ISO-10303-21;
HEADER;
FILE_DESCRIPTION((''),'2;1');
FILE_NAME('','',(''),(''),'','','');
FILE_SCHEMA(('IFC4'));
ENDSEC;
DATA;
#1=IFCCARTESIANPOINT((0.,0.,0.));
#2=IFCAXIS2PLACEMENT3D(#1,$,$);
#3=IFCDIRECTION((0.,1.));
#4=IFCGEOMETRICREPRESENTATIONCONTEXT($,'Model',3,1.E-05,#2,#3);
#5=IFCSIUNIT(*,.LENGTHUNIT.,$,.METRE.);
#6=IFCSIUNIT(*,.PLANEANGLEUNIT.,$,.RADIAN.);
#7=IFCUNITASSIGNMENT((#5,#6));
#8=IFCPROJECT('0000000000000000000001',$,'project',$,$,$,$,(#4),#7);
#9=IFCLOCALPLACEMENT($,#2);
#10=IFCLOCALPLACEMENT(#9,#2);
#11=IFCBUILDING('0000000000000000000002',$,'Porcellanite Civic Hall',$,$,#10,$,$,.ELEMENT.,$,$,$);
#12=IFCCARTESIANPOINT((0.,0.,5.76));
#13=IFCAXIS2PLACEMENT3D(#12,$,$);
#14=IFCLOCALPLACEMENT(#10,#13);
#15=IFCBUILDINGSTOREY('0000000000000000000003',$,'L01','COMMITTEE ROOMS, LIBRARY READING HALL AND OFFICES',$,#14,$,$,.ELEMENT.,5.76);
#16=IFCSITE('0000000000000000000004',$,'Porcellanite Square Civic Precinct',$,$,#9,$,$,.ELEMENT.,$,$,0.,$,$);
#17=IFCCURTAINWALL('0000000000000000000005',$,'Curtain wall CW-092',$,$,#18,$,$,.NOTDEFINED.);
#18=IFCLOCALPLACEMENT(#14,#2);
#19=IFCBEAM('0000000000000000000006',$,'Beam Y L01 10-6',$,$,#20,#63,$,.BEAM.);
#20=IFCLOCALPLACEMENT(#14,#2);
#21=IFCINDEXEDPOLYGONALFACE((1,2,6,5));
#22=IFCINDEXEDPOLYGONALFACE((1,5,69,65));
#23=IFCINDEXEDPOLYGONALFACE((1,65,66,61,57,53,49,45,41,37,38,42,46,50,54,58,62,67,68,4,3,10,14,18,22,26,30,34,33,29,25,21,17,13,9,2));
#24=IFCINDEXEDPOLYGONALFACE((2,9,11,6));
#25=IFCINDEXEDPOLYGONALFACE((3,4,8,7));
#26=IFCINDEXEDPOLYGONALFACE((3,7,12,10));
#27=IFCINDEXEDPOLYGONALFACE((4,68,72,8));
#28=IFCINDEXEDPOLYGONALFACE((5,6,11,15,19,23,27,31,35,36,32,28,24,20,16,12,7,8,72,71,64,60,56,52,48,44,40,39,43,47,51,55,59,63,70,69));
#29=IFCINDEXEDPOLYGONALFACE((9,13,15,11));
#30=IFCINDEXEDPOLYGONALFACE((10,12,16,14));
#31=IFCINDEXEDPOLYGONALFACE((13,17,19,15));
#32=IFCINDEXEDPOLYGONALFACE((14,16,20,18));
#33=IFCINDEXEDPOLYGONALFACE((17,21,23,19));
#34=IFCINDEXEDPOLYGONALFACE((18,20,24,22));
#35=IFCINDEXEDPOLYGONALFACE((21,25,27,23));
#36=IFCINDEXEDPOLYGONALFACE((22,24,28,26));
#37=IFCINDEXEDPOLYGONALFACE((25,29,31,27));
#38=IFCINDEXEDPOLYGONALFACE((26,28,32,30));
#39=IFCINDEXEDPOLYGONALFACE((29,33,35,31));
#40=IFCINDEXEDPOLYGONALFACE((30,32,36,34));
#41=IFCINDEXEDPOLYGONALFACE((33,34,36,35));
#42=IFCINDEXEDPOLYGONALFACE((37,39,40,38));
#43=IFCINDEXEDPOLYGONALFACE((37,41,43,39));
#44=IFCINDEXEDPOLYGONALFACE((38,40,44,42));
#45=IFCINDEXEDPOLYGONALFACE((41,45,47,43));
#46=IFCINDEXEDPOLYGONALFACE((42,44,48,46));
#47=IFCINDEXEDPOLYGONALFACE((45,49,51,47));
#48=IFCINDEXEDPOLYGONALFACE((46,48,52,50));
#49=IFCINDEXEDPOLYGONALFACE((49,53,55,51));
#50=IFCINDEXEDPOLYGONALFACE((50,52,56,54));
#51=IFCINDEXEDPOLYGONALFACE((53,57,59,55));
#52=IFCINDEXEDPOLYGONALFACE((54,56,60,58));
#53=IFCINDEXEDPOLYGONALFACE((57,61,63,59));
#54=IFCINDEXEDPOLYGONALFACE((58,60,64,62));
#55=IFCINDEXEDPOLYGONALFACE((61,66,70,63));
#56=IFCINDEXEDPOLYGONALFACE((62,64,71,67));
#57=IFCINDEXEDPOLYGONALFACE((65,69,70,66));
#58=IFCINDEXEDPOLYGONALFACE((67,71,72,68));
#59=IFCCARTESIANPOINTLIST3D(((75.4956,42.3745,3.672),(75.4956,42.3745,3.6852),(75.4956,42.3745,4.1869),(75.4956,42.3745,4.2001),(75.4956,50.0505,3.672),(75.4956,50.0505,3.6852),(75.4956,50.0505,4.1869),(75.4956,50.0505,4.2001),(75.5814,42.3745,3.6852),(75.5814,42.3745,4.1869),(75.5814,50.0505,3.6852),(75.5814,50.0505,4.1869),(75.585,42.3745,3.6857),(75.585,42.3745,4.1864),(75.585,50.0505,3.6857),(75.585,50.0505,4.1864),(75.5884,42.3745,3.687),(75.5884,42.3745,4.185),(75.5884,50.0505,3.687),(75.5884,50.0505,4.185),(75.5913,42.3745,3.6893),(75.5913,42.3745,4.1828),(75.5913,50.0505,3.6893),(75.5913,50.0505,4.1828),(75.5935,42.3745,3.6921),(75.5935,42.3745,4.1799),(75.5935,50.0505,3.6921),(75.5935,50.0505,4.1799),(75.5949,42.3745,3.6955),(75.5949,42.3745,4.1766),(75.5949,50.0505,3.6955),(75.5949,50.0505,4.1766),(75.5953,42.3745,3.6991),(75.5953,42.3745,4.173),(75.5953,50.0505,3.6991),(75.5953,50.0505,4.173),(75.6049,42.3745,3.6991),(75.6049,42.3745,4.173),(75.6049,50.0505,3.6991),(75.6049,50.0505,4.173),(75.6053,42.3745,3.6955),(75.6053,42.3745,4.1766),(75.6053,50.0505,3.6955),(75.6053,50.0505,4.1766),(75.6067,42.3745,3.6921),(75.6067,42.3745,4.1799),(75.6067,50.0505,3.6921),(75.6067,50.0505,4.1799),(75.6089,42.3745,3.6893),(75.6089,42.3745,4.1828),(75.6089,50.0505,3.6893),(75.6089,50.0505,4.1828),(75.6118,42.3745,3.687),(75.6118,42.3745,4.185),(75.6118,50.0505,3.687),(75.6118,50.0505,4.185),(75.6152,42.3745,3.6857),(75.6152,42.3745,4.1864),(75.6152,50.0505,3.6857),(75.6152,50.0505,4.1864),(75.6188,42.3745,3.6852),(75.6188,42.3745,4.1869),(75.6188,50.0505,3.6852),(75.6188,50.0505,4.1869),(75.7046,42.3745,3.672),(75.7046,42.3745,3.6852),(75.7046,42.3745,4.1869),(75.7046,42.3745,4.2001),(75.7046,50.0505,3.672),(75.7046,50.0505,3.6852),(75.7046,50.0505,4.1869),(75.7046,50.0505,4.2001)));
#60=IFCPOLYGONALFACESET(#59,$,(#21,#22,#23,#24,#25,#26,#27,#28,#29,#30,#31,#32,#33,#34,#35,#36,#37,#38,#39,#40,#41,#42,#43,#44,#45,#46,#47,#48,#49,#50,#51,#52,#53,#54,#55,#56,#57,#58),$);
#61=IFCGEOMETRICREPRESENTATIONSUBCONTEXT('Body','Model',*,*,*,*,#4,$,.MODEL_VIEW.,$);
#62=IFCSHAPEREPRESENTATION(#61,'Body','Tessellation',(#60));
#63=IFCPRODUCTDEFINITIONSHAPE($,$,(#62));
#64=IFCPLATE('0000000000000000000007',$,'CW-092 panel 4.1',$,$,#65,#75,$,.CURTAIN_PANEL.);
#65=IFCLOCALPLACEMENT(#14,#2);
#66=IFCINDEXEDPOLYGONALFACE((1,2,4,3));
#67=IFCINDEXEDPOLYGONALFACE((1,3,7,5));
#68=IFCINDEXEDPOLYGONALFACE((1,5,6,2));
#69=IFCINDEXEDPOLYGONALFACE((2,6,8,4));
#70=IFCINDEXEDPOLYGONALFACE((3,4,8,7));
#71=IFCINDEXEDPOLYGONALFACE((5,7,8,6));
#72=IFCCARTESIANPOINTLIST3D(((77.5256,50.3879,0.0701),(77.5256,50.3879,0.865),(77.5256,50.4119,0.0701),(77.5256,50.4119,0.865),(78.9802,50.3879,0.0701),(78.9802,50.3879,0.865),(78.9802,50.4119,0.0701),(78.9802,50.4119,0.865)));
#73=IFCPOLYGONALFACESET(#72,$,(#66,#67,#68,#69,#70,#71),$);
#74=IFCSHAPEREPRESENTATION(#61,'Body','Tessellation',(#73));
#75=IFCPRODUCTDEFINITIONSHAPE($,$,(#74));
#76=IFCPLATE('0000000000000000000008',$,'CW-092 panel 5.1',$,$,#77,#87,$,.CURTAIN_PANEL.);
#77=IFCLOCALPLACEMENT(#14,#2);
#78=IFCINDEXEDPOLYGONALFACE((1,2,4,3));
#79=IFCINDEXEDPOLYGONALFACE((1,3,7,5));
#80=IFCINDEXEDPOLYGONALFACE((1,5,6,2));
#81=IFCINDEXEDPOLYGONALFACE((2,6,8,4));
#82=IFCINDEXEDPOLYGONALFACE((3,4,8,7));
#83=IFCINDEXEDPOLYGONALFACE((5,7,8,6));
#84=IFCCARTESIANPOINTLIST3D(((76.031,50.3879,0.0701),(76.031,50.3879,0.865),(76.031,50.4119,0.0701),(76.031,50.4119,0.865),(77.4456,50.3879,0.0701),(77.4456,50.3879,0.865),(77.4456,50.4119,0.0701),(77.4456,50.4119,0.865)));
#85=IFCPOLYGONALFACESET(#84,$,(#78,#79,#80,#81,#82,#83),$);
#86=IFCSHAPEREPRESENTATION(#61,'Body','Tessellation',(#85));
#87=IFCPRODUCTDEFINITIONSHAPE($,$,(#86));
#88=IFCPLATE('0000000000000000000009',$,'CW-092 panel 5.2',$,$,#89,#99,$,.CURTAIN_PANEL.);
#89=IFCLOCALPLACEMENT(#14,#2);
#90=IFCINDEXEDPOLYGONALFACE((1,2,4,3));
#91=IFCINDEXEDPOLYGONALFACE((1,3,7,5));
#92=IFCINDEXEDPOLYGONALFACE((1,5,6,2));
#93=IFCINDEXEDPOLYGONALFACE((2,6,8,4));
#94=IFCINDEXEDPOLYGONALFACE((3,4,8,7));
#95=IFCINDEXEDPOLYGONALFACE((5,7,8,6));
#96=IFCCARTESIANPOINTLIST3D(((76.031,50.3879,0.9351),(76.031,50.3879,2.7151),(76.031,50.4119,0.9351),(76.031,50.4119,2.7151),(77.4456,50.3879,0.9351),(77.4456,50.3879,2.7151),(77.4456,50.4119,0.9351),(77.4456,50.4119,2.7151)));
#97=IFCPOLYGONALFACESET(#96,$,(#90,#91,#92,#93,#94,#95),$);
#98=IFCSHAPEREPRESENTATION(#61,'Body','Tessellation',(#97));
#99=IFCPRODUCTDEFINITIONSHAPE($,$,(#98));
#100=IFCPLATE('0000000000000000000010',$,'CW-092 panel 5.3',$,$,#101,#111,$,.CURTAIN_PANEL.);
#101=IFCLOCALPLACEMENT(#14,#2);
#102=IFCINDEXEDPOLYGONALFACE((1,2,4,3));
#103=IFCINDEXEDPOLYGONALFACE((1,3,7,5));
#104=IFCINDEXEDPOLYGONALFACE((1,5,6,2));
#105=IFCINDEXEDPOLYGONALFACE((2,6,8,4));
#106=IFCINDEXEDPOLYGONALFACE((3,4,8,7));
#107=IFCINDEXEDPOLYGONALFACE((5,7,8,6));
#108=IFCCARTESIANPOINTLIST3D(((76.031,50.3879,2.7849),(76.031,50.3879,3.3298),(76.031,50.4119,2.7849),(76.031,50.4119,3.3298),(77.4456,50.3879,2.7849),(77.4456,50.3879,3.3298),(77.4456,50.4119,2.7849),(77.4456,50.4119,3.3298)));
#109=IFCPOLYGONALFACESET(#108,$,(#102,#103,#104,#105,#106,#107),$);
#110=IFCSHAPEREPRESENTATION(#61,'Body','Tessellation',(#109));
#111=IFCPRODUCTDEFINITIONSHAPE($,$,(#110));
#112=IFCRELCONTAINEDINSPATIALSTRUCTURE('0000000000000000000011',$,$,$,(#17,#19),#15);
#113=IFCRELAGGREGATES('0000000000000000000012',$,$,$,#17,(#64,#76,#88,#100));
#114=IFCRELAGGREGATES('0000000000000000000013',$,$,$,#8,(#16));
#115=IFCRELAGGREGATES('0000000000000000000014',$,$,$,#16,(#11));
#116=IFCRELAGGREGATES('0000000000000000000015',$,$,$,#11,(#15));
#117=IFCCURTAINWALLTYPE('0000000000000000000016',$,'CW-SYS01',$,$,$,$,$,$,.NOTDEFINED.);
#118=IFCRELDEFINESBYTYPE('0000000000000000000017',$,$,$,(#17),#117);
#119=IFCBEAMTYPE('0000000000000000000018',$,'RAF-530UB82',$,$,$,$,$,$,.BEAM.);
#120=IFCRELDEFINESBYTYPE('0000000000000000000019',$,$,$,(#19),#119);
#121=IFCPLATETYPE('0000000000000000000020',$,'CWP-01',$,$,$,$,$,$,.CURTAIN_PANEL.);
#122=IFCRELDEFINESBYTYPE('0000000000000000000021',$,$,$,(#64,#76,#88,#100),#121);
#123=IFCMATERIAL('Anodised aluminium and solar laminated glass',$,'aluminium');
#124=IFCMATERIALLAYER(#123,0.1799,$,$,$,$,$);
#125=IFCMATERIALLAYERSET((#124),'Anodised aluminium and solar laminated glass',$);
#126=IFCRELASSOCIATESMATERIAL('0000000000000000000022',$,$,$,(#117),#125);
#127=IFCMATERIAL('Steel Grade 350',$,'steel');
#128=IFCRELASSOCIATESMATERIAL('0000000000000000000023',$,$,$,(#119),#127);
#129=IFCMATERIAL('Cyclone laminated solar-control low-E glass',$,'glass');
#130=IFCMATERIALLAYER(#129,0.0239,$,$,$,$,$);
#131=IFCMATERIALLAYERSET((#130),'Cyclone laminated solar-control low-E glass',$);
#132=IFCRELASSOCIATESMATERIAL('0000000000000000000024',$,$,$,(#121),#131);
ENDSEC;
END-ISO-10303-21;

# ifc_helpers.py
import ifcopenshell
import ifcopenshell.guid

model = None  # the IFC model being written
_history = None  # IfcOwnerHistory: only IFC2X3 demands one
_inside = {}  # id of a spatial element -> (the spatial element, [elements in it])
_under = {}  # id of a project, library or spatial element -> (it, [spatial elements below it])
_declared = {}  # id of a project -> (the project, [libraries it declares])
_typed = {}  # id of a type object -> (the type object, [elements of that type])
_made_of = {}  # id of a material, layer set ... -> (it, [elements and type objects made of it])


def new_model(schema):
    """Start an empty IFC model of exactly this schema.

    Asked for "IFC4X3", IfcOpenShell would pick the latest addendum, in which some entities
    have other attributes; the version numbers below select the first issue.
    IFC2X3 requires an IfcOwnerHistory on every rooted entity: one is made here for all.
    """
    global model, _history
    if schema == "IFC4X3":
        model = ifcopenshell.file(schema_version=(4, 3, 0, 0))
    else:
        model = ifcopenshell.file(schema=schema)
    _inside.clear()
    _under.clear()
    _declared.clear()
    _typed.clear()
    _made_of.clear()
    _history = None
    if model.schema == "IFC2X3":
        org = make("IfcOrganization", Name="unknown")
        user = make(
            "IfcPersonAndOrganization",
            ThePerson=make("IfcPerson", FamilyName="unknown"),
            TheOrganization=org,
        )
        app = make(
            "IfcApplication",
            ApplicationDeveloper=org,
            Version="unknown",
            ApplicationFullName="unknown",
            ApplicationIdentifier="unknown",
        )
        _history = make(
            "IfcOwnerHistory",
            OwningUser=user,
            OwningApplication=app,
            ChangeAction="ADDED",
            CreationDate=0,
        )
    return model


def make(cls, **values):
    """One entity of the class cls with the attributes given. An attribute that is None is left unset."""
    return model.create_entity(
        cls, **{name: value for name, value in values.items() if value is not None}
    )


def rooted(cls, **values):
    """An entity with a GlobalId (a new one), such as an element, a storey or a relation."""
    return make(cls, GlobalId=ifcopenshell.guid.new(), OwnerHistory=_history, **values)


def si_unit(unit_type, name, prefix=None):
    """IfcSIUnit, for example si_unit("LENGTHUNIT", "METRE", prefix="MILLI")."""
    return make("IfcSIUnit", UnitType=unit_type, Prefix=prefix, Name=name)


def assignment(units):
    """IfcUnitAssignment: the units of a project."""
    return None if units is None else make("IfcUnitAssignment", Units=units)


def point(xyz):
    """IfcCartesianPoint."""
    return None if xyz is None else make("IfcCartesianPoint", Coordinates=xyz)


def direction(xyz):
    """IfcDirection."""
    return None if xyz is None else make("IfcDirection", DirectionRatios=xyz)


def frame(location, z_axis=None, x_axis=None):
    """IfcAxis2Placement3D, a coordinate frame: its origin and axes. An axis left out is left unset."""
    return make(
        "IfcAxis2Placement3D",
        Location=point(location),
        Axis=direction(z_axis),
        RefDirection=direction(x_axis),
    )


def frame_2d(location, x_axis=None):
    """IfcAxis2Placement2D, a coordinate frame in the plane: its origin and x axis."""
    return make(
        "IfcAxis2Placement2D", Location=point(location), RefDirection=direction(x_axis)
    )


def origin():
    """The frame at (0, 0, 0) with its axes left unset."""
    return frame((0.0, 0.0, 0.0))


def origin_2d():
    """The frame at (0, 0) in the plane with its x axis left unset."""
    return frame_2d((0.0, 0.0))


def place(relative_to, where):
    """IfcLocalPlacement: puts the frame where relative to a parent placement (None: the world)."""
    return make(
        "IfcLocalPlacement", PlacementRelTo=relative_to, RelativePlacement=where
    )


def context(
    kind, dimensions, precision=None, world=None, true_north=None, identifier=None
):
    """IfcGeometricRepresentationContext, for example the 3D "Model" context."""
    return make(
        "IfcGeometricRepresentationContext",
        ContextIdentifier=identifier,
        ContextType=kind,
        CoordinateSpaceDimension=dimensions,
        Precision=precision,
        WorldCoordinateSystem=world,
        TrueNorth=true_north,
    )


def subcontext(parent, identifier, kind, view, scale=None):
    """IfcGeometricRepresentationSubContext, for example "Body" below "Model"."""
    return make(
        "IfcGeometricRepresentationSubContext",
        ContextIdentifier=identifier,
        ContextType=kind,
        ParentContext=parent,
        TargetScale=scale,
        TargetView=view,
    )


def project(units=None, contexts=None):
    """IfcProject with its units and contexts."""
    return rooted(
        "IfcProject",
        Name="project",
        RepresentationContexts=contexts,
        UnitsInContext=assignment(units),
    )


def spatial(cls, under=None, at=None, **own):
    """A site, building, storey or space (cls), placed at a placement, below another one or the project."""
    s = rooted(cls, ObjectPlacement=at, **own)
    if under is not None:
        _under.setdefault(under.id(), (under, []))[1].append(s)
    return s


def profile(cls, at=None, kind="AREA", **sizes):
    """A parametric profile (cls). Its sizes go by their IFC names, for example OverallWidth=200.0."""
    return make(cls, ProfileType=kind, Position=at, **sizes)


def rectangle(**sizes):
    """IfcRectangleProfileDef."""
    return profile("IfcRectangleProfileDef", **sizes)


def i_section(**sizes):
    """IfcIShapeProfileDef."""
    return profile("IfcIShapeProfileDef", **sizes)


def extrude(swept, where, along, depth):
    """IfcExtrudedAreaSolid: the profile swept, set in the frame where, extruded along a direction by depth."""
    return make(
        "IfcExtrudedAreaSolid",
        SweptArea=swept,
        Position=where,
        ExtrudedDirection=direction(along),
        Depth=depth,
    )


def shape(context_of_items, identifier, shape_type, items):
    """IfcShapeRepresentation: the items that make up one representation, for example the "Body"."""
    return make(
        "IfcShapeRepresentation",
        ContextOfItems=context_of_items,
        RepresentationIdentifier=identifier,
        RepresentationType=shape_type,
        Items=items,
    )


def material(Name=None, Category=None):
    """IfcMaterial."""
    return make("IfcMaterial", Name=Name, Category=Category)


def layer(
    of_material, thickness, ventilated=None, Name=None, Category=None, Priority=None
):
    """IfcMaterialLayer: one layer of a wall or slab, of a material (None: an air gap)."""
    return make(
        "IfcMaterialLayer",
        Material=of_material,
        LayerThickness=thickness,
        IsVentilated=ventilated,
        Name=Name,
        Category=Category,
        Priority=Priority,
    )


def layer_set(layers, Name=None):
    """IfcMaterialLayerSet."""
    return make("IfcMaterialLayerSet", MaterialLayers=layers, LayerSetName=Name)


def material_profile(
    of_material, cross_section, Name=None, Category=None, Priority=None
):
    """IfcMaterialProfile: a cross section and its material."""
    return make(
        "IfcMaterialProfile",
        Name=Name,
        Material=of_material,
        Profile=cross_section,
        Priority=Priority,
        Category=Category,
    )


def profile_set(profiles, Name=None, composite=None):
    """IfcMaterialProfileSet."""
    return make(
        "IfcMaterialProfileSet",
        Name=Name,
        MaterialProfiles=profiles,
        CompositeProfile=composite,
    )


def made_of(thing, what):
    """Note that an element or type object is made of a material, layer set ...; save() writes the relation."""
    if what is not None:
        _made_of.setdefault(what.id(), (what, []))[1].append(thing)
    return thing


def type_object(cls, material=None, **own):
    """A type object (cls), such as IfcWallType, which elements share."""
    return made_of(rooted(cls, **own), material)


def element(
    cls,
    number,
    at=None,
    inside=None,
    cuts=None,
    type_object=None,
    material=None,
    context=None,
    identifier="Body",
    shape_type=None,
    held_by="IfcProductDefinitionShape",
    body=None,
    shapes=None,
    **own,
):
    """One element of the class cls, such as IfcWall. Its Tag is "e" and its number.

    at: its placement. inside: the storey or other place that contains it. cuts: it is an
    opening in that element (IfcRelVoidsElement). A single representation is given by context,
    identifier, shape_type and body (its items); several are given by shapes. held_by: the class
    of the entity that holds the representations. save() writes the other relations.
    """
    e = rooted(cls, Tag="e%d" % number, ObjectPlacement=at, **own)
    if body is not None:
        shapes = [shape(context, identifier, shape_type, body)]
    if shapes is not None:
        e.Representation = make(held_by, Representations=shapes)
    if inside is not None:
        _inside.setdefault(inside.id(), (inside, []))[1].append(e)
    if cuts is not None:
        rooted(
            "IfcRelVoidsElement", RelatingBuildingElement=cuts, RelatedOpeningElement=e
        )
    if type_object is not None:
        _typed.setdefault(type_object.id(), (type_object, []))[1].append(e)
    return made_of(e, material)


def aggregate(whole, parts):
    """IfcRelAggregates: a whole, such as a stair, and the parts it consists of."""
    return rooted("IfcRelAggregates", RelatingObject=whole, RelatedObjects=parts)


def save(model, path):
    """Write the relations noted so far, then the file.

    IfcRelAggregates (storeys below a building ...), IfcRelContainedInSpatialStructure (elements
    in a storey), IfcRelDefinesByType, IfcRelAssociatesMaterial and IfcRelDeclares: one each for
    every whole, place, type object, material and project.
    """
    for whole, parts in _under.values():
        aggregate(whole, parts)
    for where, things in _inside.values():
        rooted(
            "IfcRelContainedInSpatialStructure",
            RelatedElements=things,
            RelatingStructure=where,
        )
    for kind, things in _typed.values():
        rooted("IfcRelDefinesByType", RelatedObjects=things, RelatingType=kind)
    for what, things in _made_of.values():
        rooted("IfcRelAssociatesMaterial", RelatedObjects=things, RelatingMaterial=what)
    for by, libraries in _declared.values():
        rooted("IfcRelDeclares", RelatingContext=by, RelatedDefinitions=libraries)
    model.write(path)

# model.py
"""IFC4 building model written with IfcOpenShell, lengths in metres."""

from ifc_helpers import new_model, si_unit, direction, frame, origin, origin_2d, place, context, subcontext, project, spatial, rectangle, i_section, extrude, material, layer, layer_set, material_profile, profile_set, type_object, element, aggregate, save


model = new_model("IFC4")

# Units and contexts
model_context = context("Model", 3, precision=1e-05, world=origin(), true_north=direction((0.0, 1.0)))
body_context = subcontext(model_context, "Body", "Model", "MODEL_VIEW")
ifc_project = project(units=[si_unit("LENGTHUNIT", "METRE"), si_unit("PLANEANGLEUNIT", "RADIAN")], contexts=[model_context])

# Site, building, storey
site_placement = place(None, origin())
site = spatial("IfcSite", under=ifc_project, at=site_placement, Name="Porcellanite Square Civic Precinct", CompositionType="ELEMENT", RefElevation=0.0)
building_placement = place(site_placement, origin())
building = spatial("IfcBuilding", under=site, at=building_placement, Name="Porcellanite Civic Hall", CompositionType="ELEMENT")
storey_placement = place(building_placement, frame((0.0, 0.0, 5.76)))
storey = spatial("IfcBuildingStorey", under=building, at=storey_placement, Name="L01", Description="COMMITTEE ROOMS, LIBRARY READING HALL AND OFFICES", CompositionType="ELEMENT", Elevation=5.76)

# Curtain wall
ifc_material_1 = material(Name="Anodised aluminium and solar laminated glass", Category="aluminium")
ifc_layer_1 = layer(ifc_material_1, 0.1799)
ifc_layer_set_1 = layer_set([ifc_layer_1], Name="Anodised aluminium and solar laminated glass")
curtain_wall_type = type_object("IfcCurtainWallType", Name="CW-SYS01", PredefinedType="NOTDEFINED", material=ifc_layer_set_1)
curtain_wall_placement = place(storey_placement, origin())
curtain_wall = element("IfcCurtainWall", 1, at=curtain_wall_placement, inside=storey, type_object=curtain_wall_type, Name="Curtain wall CW-092", PredefinedType="NOTDEFINED")

# Beam
ifc_material_2 = material(Name="Steel Grade 350", Category="steel")
ifc_material_profile_1 = material_profile(ifc_material_2, i_section(OverallWidth=0.209, OverallDepth=0.5281, WebThickness=0.0095, FlangeThickness=0.0132, FilletRadius=0.0139, at=origin_2d()), Name="530UB82.0")
ifc_profile_set_1 = profile_set([ifc_material_profile_1], Name="Steel Grade 350")
beam_type_1 = type_object("IfcBeamType", Name="RAF-530UB82", PredefinedType="BEAM", material=ifc_profile_set_1)
beam_1_placement = place(storey_placement, frame((75.6001, 42.3745, 3.936), z_axis=(0.0, 1.0, 0.0), x_axis=(-1.0, 0.0, 0.0)))
element("IfcBeam", 2, at=beam_1_placement, inside=storey, type_object=beam_type_1, Name="Beam Y L01 10-6", PredefinedType="BEAM", context=body_context, shape_type="SweptSolid", body=[
    extrude(i_section(OverallWidth=0.209, OverallDepth=0.5281, WebThickness=0.0095, FlangeThickness=0.0132, FilletRadius=0.0139, at=origin_2d()), origin(), (0.0, 0.0, 1.0), 7.676),
])

# Plates
ifc_material_3 = material(Name="Cyclone laminated solar-control low-E glass", Category="glass")
ifc_layer_2 = layer(ifc_material_3, 0.0239)
ifc_layer_set_2 = layer_set([ifc_layer_2], Name="Cyclone laminated solar-control low-E glass")
plate_type = type_object("IfcPlateType", Name="CWP-01", PredefinedType="CURTAIN_PANEL", material=ifc_layer_set_2)
plate_1_placement = place(storey_placement, frame((78.2529, 50.3999, 0.0701), z_axis=(0.0, 0.0, 1.0), x_axis=(-1.0, 0.0, 0.0)))
plate_1 = element("IfcPlate", 3, at=plate_1_placement, type_object=plate_type, Name="CW-092 panel 4.1", PredefinedType="CURTAIN_PANEL", context=body_context, shape_type="SweptSolid", body=[
    extrude(rectangle(XDim=1.4546, YDim=0.0239, at=origin_2d()), origin(), (0.0, 0.0, 1.0), 0.7949),
])
plate_2_placement = place(storey_placement, frame((76.7383, 50.3999, 0.0701), z_axis=(0.0, 0.0, 1.0), x_axis=(-1.0, 0.0, 0.0)))
plate_2 = element("IfcPlate", 4, at=plate_2_placement, type_object=plate_type, Name="CW-092 panel 5.1", PredefinedType="CURTAIN_PANEL", context=body_context, shape_type="SweptSolid", body=[
    extrude(rectangle(XDim=1.4146, YDim=0.0239, at=origin_2d()), origin(), (0.0, 0.0, 1.0), 0.7949),
])
plate_3_placement = place(storey_placement, frame((76.7383, 50.3999, 0.9351), z_axis=(0.0, 0.0, 1.0), x_axis=(-1.0, 0.0, 0.0)))
plate_3 = element("IfcPlate", 5, at=plate_3_placement, type_object=plate_type, Name="CW-092 panel 5.2", PredefinedType="CURTAIN_PANEL", context=body_context, shape_type="SweptSolid", body=[
    extrude(rectangle(XDim=1.4146, YDim=0.0239, at=origin_2d()), origin(), (0.0, 0.0, 1.0), 1.78),
])
plate_4_placement = place(storey_placement, frame((76.7383, 50.3999, 2.7849), z_axis=(0.0, 0.0, 1.0), x_axis=(-1.0, 0.0, 0.0)))
plate_4 = element("IfcPlate", 6, at=plate_4_placement, type_object=plate_type, Name="CW-092 panel 5.3", PredefinedType="CURTAIN_PANEL", context=body_context, shape_type="SweptSolid", body=[
    extrude(rectangle(XDim=1.4146, YDim=0.0239, at=origin_2d()), origin(), (0.0, 0.0, 1.0), 0.5449),
])
aggregate(curtain_wall, [plate_1, plate_2, plate_3, plate_4])

save(model, "model.ifc")
